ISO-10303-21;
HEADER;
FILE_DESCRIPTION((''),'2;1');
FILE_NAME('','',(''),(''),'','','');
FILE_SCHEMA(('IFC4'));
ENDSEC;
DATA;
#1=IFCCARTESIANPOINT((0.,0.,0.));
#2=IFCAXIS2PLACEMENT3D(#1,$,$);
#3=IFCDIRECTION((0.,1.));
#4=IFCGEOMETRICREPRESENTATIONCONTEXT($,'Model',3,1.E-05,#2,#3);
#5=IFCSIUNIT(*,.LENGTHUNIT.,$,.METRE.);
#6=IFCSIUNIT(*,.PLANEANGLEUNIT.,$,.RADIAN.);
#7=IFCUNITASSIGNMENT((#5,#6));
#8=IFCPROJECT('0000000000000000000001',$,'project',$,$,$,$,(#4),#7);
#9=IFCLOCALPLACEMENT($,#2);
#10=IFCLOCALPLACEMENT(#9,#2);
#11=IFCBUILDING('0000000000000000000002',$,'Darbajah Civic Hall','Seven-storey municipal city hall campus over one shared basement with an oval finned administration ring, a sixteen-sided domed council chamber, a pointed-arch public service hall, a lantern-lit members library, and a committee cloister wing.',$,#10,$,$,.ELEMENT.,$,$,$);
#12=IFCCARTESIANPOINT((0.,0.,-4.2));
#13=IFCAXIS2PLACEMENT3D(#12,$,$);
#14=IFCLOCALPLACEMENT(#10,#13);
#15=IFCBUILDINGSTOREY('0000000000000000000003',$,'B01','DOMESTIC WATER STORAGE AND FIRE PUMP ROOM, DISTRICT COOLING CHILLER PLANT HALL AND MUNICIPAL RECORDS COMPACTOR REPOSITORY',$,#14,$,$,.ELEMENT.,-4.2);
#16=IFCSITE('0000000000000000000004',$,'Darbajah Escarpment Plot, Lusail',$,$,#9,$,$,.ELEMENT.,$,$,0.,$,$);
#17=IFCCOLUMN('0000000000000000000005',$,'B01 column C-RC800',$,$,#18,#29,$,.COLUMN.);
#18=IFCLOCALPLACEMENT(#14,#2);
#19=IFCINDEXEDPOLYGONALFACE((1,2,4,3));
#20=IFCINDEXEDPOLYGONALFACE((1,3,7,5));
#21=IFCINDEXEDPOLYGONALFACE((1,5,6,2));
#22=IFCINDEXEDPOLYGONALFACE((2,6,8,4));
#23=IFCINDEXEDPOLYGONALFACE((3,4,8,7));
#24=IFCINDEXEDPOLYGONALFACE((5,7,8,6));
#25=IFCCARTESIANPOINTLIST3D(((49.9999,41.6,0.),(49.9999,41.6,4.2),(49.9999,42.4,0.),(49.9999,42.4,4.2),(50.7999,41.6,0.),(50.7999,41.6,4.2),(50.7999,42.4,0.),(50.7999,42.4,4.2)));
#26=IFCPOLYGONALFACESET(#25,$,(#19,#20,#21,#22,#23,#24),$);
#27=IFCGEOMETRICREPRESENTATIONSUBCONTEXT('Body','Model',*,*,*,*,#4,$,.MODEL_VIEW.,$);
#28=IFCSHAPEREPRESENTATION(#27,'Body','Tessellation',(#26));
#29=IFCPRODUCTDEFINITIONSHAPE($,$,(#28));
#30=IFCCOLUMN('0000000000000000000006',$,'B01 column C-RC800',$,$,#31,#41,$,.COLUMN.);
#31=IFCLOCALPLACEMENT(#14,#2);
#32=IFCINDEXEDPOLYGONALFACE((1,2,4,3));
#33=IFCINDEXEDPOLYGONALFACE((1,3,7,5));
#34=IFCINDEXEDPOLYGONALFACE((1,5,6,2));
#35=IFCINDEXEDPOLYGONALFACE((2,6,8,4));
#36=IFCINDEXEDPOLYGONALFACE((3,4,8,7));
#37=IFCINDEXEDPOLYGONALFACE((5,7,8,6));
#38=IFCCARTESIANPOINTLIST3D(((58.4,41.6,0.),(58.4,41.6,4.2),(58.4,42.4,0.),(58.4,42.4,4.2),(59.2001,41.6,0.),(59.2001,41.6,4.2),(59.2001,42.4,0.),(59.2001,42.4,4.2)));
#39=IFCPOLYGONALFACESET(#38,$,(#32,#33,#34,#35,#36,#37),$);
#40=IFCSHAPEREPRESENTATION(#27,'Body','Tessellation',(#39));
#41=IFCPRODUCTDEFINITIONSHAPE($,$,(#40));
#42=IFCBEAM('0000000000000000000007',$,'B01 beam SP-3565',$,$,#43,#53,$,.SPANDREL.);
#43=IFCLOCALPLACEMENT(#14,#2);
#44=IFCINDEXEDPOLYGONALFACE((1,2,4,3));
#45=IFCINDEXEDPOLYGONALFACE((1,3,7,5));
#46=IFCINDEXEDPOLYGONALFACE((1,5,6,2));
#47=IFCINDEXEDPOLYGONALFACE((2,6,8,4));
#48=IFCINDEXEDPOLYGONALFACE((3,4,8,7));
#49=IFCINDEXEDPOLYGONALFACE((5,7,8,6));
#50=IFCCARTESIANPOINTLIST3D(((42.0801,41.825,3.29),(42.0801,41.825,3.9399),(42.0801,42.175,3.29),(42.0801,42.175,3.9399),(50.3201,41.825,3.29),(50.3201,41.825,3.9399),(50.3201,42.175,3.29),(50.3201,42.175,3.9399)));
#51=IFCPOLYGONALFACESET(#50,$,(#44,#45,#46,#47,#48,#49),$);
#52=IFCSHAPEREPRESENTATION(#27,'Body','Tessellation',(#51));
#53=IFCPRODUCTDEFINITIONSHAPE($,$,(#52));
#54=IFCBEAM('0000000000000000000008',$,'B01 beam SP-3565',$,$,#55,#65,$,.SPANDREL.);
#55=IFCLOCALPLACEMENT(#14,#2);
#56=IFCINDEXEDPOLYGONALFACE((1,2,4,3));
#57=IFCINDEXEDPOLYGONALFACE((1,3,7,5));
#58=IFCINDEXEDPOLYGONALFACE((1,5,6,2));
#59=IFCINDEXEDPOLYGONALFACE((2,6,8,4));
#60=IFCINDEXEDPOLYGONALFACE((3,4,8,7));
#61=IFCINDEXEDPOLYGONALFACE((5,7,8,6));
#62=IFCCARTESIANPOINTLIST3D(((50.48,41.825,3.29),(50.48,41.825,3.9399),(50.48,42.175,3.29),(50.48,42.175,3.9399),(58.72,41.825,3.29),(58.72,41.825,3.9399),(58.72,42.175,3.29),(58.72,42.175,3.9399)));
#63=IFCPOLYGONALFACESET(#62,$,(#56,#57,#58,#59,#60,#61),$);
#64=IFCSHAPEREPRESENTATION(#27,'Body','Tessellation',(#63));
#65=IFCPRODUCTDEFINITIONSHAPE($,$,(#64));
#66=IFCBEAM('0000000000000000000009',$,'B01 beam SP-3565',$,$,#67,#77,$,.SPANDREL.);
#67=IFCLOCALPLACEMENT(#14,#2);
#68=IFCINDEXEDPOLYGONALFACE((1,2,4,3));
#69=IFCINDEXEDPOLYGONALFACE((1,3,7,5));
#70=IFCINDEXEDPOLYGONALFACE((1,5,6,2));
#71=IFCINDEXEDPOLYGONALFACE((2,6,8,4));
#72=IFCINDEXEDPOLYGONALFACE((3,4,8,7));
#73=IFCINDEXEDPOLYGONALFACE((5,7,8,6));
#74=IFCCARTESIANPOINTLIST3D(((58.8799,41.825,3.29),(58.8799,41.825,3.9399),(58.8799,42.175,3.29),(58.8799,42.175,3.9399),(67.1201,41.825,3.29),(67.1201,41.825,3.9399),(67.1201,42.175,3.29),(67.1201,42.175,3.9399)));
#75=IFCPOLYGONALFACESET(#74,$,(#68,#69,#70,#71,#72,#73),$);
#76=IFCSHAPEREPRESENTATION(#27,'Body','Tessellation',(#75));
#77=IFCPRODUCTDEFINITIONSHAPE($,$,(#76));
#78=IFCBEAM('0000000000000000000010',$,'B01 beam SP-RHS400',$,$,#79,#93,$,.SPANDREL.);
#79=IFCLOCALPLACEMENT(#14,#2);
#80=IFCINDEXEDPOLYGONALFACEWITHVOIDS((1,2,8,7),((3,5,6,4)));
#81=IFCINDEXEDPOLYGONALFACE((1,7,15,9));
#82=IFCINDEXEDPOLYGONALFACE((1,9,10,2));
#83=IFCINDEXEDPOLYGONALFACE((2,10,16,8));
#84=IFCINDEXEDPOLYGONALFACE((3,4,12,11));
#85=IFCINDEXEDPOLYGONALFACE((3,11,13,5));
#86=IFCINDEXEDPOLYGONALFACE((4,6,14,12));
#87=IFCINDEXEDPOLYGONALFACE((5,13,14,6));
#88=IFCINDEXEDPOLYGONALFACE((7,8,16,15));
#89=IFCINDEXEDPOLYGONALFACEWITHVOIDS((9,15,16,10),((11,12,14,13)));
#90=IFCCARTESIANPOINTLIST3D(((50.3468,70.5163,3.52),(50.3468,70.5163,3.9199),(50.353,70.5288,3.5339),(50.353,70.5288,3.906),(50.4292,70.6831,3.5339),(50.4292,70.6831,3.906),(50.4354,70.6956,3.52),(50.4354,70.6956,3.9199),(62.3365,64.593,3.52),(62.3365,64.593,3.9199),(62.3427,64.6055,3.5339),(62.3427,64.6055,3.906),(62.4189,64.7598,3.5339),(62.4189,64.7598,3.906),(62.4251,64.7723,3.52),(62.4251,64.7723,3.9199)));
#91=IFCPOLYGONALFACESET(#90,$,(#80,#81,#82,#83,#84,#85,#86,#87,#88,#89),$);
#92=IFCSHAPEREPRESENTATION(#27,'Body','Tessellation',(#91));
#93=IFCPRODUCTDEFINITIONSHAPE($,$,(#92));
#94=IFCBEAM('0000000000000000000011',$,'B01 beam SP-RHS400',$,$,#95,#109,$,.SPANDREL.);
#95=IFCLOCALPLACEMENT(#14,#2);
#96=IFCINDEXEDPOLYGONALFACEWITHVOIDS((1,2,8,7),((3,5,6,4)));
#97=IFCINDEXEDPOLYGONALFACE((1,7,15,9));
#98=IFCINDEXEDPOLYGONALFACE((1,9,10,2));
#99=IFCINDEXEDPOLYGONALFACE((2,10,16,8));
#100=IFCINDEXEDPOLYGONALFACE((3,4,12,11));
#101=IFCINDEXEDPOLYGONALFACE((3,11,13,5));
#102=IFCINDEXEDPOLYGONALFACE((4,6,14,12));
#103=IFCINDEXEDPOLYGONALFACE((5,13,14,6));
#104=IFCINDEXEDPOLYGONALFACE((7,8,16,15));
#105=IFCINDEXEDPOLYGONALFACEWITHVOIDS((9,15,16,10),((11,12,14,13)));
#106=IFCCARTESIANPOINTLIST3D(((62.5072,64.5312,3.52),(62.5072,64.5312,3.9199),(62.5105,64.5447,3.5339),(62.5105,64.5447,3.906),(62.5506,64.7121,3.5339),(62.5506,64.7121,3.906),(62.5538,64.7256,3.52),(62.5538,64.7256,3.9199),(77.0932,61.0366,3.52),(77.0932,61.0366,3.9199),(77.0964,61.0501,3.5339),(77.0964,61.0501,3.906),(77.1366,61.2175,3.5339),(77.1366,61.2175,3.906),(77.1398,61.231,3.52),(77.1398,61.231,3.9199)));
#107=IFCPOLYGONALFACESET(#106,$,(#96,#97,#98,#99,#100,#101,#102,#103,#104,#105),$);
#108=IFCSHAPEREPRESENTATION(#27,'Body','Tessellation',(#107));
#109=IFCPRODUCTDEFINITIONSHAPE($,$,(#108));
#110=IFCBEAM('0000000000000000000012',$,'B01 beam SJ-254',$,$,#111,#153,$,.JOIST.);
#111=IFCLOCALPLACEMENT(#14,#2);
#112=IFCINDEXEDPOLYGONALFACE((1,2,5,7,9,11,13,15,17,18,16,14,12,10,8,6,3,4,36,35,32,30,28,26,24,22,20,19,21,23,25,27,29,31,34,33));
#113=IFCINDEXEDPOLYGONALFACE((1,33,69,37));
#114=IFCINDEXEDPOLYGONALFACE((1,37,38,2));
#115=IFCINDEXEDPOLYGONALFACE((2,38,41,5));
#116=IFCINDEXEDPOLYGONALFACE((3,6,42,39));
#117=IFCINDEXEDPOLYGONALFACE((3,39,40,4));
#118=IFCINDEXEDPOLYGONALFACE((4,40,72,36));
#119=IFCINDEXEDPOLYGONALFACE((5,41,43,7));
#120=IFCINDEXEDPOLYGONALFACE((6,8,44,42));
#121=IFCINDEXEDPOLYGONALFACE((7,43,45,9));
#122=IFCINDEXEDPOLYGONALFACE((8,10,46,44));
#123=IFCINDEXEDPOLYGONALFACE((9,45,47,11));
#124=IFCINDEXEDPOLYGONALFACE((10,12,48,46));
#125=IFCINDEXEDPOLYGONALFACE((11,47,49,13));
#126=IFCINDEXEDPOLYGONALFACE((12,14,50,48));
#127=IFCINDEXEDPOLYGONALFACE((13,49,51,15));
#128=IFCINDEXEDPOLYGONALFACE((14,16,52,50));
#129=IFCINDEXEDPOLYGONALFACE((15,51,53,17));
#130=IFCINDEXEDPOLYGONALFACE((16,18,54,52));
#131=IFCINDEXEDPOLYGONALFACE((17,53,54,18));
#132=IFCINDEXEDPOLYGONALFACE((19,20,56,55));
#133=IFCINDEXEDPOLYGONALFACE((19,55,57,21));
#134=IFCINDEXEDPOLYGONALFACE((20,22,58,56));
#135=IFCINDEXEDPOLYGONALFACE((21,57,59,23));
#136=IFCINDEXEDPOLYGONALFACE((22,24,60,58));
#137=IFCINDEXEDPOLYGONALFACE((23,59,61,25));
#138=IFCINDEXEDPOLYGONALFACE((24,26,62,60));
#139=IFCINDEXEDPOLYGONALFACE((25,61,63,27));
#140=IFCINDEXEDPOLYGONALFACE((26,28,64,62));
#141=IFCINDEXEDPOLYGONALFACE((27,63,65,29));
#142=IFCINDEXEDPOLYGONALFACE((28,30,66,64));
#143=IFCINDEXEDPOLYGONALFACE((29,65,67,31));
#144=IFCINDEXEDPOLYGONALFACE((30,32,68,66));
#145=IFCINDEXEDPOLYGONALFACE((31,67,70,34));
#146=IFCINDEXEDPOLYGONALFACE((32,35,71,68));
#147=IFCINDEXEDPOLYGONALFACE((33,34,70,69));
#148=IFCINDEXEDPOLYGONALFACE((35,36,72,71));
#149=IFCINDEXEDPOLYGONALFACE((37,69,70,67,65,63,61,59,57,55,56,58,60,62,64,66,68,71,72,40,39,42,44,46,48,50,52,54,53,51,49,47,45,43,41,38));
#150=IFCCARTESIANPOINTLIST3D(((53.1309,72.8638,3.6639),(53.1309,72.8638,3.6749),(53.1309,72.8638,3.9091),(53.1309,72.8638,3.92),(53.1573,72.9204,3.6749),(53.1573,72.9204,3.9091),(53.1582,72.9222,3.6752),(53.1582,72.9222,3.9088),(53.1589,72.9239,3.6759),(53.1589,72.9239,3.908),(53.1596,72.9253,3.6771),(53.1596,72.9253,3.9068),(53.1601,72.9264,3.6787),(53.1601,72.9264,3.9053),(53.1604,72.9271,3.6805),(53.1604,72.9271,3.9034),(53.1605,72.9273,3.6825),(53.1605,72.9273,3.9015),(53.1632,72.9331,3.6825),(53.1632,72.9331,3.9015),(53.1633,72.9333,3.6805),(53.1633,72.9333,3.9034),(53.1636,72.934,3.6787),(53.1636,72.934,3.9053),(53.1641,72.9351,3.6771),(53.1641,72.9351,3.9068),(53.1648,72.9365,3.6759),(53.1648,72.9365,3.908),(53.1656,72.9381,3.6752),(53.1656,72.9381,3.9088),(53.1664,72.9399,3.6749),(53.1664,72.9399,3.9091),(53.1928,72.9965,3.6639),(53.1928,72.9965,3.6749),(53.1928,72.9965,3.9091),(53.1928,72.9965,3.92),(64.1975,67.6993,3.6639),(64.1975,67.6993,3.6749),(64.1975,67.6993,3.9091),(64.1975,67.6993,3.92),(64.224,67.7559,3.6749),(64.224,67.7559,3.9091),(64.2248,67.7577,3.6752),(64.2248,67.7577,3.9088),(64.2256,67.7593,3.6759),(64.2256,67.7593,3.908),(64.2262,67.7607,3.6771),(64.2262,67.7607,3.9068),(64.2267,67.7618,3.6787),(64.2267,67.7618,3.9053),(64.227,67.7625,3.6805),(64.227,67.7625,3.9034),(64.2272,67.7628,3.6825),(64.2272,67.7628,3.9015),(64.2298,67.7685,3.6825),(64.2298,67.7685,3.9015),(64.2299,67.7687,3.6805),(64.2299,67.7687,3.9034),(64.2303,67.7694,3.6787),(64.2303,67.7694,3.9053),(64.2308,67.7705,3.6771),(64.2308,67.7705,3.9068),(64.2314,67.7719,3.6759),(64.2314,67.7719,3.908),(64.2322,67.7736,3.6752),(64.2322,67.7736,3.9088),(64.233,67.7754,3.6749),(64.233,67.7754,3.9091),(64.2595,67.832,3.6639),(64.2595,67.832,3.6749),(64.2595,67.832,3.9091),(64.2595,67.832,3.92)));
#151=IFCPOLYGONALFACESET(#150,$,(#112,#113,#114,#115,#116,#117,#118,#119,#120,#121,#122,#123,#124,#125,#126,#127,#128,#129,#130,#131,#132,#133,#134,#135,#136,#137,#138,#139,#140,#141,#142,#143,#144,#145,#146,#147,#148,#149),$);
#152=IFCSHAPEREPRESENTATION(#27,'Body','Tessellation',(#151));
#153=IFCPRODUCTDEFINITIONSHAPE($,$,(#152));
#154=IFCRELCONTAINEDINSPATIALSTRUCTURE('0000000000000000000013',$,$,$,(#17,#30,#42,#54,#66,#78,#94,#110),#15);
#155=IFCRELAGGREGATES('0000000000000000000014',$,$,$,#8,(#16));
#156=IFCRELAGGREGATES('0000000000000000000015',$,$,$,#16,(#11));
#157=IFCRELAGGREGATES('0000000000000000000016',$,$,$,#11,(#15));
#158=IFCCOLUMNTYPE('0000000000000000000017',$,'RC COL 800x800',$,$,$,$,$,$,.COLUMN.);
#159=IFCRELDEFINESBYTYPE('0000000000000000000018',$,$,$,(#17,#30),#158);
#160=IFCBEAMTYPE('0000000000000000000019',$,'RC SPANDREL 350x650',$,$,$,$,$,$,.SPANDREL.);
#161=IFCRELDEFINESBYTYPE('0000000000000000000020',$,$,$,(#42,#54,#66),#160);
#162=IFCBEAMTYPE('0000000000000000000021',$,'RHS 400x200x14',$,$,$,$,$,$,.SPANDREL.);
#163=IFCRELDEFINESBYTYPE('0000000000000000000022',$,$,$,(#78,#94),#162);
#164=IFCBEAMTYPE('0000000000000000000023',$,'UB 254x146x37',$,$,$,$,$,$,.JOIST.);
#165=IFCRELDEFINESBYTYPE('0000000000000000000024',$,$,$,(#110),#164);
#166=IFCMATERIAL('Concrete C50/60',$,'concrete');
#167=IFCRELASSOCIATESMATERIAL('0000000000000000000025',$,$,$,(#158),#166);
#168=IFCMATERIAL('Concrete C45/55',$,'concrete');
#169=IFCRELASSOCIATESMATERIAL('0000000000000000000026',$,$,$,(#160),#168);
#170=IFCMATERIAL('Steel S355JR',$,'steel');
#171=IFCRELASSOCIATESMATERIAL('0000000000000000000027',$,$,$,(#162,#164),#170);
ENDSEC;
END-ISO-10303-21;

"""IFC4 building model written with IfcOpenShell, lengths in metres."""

from ifc_helpers import new_model, si_unit, direction, frame, origin, origin_2d, place, context, subcontext, project, spatial, rectangle, hollow_rectangle, i_section, extrude, material, material_profile, profile_set, type_object, element, save


model = new_model("IFC4")

# Units and contexts
model_context = context("Model", 3, precision=1e-05, world=origin(), true_north=direction((0.0, 1.0)))
body_context = subcontext(model_context, "Body", "Model", "MODEL_VIEW")
ifc_project = project(units=[si_unit("LENGTHUNIT", "METRE"), si_unit("PLANEANGLEUNIT", "RADIAN")], contexts=[model_context])

# Site, building, storey
site_placement = place(None, origin())
site = spatial("IfcSite", under=ifc_project, at=site_placement, Name="Darbajah Escarpment Plot, Lusail", CompositionType="ELEMENT", RefElevation=0.0)
building_placement = place(site_placement, origin())
building = spatial("IfcBuilding", under=site, at=building_placement, Name="Darbajah Civic Hall", Description="Seven-storey municipal city hall campus over one shared basement with an oval finned administration ring, a sixteen-sided domed council chamber, a pointed-arch public service hall, a lantern-lit members library, and a committee cloister wing.", CompositionType="ELEMENT")
storey_placement = place(building_placement, frame((0.0, 0.0, -4.2)))
storey = spatial("IfcBuildingStorey", under=building, at=storey_placement, Name="B01", Description="DOMESTIC WATER STORAGE AND FIRE PUMP ROOM, DISTRICT COOLING CHILLER PLANT HALL AND MUNICIPAL RECORDS COMPACTOR REPOSITORY", CompositionType="ELEMENT", Elevation=-4.2)

# Shared definitions
ifc_material_1 = material(Name="Concrete C45/55", Category="concrete")

# Columns
ifc_material_2 = material(Name="Concrete C50/60", Category="concrete")
ifc_material_profile_1 = material_profile(ifc_material_2, rectangle(XDim=0.8, YDim=0.8, at=origin_2d()), Name="RC COL 800x800")
ifc_profile_set_1 = profile_set([ifc_material_profile_1], Name="Concrete C50/60")
column_type = type_object("IfcColumnType", Name="RC COL 800x800", PredefinedType="COLUMN", material=ifc_profile_set_1)
for number, where, z_axis, x_axis, name in (
    (1, (50.3999, 42.0, 0.0), (0.0, 0.0, 1.0), (1.0, 0.0, 0.0), "B01 column C-RC800"),
    (2, (58.8, 42.0, 0.0), (0.0, 0.0, 1.0), (1.0, 0.0, 0.0), "B01 column C-RC800"),
):
    element("IfcColumn", number, at=place(storey_placement, frame(where, z_axis=z_axis, x_axis=x_axis)), inside=storey, type_object=column_type, Name=name, PredefinedType="COLUMN", context=body_context, shape_type="SweptSolid", body=[
        extrude(rectangle(XDim=0.8, YDim=0.8, at=origin_2d()), origin(), (0.0, 0.0, 1.0), 4.2),
    ])

# Beams
ifc_material_profile_2 = material_profile(ifc_material_1, rectangle(XDim=0.3501, YDim=0.6499, at=origin_2d()), Name="RC SPANDREL 350x650")
ifc_profile_set_2 = profile_set([ifc_material_profile_2], Name="Concrete C45/55")
beam_type_1 = type_object("IfcBeamType", Name="RC SPANDREL 350x650", PredefinedType="SPANDREL", material=ifc_profile_set_2)
for number, where, z_axis, x_axis, name in (
    (3, (42.0801, 42.0, 3.615), (1.0, 0.0, 0.0), (0.0, 1.0, 0.0), "B01 beam SP-3565"),
    (4, (50.48, 42.0, 3.615), (1.0, 0.0, 0.0), (0.0, 1.0, 0.0), "B01 beam SP-3565"),
):
    element("IfcBeam", number, at=place(storey_placement, frame(where, z_axis=z_axis, x_axis=x_axis)), inside=storey, type_object=beam_type_1, Name=name, PredefinedType="SPANDREL", context=body_context, shape_type="SweptSolid", body=[
        extrude(rectangle(XDim=0.3501, YDim=0.6499, at=origin_2d()), origin(), (0.0, 0.0, 1.0), 8.24),
    ])
beam_1_placement = place(storey_placement, frame((58.8799, 42.0, 3.615), z_axis=(1.0, 0.0, 0.0), x_axis=(0.0, 1.0, 0.0)))
element("IfcBeam", 5, at=beam_1_placement, inside=storey, type_object=beam_type_1, Name="B01 beam SP-3565", PredefinedType="SPANDREL", context=body_context, shape_type="SweptSolid", body=[
    extrude(rectangle(XDim=0.3501, YDim=0.6499, at=origin_2d()), origin(), (0.0, 0.0, 1.0), 8.2402),
])
ifc_material_3 = material(Name="Steel S355JR", Category="steel")
ifc_material_profile_3 = material_profile(ifc_material_3, hollow_rectangle(XDim=0.2, YDim=0.3999, WallThickness=0.0139, at=origin_2d()), Name="RHS 400x200x14")
ifc_profile_set_3 = profile_set([ifc_material_profile_3], Name="Steel S355JR")
beam_type_2 = type_object("IfcBeamType", Name="RHS 400x200x14", PredefinedType="SPANDREL", material=ifc_profile_set_3)
beam_2_placement = place(storey_placement, frame((50.3911, 70.606, 3.72), z_axis=(0.896557, -0.442929, 0.0), x_axis=(0.442929, 0.896557, 0.0)))
element("IfcBeam", 6, at=beam_2_placement, inside=storey, type_object=beam_type_2, Name="B01 beam SP-RHS400", PredefinedType="SPANDREL", context=body_context, shape_type="SweptSolid", body=[
    extrude(hollow_rectangle(XDim=0.2, YDim=0.3999, WallThickness=0.0139, at=origin_2d()), origin(), (0.0, 0.0, 1.0), 13.373),
])
beam_3_placement = place(storey_placement, frame((62.5305, 64.6284, 3.72), z_axis=(0.972478, -0.232995, 0.0), x_axis=(0.232995, 0.972478, 0.0)))
element("IfcBeam", 7, at=beam_3_placement, inside=storey, type_object=beam_type_2, Name="B01 beam SP-RHS400", PredefinedType="SPANDREL", context=body_context, shape_type="SweptSolid", body=[
    extrude(hollow_rectangle(XDim=0.2, YDim=0.3999, WallThickness=0.0139, at=origin_2d()), origin(), (0.0, 0.0, 1.0), 14.9988),
])
ifc_material_profile_4 = material_profile(ifc_material_3, i_section(OverallWidth=0.1465, OverallDepth=0.2561, WebThickness=0.0063, FlangeThickness=0.011, FilletRadius=0.0076, at=origin_2d()), Name="UB 254x146x37")
ifc_profile_set_4 = profile_set([ifc_material_profile_4], Name="Steel S355JR")
beam_type_3 = type_object("IfcBeamType", Name="UB 254x146x37", PredefinedType="JOIST", material=ifc_profile_set_4)
beam_4_placement = place(storey_placement, frame((53.1619, 72.9302, 3.792), z_axis=(0.90618, -0.422893, 0.0), x_axis=(0.422893, 0.90618, 0.0)))
element("IfcBeam", 8, at=beam_4_placement, inside=storey, type_object=beam_type_3, Name="B01 beam SJ-254", PredefinedType="JOIST", context=body_context, shape_type="SweptSolid", body=[
    extrude(i_section(OverallWidth=0.1465, OverallDepth=0.2561, WebThickness=0.0063, FlangeThickness=0.011, FilletRadius=0.0076, at=origin_2d()), origin(), (0.0, 0.0, 1.0), 12.2124),
])

save(model, "model.ifc")
